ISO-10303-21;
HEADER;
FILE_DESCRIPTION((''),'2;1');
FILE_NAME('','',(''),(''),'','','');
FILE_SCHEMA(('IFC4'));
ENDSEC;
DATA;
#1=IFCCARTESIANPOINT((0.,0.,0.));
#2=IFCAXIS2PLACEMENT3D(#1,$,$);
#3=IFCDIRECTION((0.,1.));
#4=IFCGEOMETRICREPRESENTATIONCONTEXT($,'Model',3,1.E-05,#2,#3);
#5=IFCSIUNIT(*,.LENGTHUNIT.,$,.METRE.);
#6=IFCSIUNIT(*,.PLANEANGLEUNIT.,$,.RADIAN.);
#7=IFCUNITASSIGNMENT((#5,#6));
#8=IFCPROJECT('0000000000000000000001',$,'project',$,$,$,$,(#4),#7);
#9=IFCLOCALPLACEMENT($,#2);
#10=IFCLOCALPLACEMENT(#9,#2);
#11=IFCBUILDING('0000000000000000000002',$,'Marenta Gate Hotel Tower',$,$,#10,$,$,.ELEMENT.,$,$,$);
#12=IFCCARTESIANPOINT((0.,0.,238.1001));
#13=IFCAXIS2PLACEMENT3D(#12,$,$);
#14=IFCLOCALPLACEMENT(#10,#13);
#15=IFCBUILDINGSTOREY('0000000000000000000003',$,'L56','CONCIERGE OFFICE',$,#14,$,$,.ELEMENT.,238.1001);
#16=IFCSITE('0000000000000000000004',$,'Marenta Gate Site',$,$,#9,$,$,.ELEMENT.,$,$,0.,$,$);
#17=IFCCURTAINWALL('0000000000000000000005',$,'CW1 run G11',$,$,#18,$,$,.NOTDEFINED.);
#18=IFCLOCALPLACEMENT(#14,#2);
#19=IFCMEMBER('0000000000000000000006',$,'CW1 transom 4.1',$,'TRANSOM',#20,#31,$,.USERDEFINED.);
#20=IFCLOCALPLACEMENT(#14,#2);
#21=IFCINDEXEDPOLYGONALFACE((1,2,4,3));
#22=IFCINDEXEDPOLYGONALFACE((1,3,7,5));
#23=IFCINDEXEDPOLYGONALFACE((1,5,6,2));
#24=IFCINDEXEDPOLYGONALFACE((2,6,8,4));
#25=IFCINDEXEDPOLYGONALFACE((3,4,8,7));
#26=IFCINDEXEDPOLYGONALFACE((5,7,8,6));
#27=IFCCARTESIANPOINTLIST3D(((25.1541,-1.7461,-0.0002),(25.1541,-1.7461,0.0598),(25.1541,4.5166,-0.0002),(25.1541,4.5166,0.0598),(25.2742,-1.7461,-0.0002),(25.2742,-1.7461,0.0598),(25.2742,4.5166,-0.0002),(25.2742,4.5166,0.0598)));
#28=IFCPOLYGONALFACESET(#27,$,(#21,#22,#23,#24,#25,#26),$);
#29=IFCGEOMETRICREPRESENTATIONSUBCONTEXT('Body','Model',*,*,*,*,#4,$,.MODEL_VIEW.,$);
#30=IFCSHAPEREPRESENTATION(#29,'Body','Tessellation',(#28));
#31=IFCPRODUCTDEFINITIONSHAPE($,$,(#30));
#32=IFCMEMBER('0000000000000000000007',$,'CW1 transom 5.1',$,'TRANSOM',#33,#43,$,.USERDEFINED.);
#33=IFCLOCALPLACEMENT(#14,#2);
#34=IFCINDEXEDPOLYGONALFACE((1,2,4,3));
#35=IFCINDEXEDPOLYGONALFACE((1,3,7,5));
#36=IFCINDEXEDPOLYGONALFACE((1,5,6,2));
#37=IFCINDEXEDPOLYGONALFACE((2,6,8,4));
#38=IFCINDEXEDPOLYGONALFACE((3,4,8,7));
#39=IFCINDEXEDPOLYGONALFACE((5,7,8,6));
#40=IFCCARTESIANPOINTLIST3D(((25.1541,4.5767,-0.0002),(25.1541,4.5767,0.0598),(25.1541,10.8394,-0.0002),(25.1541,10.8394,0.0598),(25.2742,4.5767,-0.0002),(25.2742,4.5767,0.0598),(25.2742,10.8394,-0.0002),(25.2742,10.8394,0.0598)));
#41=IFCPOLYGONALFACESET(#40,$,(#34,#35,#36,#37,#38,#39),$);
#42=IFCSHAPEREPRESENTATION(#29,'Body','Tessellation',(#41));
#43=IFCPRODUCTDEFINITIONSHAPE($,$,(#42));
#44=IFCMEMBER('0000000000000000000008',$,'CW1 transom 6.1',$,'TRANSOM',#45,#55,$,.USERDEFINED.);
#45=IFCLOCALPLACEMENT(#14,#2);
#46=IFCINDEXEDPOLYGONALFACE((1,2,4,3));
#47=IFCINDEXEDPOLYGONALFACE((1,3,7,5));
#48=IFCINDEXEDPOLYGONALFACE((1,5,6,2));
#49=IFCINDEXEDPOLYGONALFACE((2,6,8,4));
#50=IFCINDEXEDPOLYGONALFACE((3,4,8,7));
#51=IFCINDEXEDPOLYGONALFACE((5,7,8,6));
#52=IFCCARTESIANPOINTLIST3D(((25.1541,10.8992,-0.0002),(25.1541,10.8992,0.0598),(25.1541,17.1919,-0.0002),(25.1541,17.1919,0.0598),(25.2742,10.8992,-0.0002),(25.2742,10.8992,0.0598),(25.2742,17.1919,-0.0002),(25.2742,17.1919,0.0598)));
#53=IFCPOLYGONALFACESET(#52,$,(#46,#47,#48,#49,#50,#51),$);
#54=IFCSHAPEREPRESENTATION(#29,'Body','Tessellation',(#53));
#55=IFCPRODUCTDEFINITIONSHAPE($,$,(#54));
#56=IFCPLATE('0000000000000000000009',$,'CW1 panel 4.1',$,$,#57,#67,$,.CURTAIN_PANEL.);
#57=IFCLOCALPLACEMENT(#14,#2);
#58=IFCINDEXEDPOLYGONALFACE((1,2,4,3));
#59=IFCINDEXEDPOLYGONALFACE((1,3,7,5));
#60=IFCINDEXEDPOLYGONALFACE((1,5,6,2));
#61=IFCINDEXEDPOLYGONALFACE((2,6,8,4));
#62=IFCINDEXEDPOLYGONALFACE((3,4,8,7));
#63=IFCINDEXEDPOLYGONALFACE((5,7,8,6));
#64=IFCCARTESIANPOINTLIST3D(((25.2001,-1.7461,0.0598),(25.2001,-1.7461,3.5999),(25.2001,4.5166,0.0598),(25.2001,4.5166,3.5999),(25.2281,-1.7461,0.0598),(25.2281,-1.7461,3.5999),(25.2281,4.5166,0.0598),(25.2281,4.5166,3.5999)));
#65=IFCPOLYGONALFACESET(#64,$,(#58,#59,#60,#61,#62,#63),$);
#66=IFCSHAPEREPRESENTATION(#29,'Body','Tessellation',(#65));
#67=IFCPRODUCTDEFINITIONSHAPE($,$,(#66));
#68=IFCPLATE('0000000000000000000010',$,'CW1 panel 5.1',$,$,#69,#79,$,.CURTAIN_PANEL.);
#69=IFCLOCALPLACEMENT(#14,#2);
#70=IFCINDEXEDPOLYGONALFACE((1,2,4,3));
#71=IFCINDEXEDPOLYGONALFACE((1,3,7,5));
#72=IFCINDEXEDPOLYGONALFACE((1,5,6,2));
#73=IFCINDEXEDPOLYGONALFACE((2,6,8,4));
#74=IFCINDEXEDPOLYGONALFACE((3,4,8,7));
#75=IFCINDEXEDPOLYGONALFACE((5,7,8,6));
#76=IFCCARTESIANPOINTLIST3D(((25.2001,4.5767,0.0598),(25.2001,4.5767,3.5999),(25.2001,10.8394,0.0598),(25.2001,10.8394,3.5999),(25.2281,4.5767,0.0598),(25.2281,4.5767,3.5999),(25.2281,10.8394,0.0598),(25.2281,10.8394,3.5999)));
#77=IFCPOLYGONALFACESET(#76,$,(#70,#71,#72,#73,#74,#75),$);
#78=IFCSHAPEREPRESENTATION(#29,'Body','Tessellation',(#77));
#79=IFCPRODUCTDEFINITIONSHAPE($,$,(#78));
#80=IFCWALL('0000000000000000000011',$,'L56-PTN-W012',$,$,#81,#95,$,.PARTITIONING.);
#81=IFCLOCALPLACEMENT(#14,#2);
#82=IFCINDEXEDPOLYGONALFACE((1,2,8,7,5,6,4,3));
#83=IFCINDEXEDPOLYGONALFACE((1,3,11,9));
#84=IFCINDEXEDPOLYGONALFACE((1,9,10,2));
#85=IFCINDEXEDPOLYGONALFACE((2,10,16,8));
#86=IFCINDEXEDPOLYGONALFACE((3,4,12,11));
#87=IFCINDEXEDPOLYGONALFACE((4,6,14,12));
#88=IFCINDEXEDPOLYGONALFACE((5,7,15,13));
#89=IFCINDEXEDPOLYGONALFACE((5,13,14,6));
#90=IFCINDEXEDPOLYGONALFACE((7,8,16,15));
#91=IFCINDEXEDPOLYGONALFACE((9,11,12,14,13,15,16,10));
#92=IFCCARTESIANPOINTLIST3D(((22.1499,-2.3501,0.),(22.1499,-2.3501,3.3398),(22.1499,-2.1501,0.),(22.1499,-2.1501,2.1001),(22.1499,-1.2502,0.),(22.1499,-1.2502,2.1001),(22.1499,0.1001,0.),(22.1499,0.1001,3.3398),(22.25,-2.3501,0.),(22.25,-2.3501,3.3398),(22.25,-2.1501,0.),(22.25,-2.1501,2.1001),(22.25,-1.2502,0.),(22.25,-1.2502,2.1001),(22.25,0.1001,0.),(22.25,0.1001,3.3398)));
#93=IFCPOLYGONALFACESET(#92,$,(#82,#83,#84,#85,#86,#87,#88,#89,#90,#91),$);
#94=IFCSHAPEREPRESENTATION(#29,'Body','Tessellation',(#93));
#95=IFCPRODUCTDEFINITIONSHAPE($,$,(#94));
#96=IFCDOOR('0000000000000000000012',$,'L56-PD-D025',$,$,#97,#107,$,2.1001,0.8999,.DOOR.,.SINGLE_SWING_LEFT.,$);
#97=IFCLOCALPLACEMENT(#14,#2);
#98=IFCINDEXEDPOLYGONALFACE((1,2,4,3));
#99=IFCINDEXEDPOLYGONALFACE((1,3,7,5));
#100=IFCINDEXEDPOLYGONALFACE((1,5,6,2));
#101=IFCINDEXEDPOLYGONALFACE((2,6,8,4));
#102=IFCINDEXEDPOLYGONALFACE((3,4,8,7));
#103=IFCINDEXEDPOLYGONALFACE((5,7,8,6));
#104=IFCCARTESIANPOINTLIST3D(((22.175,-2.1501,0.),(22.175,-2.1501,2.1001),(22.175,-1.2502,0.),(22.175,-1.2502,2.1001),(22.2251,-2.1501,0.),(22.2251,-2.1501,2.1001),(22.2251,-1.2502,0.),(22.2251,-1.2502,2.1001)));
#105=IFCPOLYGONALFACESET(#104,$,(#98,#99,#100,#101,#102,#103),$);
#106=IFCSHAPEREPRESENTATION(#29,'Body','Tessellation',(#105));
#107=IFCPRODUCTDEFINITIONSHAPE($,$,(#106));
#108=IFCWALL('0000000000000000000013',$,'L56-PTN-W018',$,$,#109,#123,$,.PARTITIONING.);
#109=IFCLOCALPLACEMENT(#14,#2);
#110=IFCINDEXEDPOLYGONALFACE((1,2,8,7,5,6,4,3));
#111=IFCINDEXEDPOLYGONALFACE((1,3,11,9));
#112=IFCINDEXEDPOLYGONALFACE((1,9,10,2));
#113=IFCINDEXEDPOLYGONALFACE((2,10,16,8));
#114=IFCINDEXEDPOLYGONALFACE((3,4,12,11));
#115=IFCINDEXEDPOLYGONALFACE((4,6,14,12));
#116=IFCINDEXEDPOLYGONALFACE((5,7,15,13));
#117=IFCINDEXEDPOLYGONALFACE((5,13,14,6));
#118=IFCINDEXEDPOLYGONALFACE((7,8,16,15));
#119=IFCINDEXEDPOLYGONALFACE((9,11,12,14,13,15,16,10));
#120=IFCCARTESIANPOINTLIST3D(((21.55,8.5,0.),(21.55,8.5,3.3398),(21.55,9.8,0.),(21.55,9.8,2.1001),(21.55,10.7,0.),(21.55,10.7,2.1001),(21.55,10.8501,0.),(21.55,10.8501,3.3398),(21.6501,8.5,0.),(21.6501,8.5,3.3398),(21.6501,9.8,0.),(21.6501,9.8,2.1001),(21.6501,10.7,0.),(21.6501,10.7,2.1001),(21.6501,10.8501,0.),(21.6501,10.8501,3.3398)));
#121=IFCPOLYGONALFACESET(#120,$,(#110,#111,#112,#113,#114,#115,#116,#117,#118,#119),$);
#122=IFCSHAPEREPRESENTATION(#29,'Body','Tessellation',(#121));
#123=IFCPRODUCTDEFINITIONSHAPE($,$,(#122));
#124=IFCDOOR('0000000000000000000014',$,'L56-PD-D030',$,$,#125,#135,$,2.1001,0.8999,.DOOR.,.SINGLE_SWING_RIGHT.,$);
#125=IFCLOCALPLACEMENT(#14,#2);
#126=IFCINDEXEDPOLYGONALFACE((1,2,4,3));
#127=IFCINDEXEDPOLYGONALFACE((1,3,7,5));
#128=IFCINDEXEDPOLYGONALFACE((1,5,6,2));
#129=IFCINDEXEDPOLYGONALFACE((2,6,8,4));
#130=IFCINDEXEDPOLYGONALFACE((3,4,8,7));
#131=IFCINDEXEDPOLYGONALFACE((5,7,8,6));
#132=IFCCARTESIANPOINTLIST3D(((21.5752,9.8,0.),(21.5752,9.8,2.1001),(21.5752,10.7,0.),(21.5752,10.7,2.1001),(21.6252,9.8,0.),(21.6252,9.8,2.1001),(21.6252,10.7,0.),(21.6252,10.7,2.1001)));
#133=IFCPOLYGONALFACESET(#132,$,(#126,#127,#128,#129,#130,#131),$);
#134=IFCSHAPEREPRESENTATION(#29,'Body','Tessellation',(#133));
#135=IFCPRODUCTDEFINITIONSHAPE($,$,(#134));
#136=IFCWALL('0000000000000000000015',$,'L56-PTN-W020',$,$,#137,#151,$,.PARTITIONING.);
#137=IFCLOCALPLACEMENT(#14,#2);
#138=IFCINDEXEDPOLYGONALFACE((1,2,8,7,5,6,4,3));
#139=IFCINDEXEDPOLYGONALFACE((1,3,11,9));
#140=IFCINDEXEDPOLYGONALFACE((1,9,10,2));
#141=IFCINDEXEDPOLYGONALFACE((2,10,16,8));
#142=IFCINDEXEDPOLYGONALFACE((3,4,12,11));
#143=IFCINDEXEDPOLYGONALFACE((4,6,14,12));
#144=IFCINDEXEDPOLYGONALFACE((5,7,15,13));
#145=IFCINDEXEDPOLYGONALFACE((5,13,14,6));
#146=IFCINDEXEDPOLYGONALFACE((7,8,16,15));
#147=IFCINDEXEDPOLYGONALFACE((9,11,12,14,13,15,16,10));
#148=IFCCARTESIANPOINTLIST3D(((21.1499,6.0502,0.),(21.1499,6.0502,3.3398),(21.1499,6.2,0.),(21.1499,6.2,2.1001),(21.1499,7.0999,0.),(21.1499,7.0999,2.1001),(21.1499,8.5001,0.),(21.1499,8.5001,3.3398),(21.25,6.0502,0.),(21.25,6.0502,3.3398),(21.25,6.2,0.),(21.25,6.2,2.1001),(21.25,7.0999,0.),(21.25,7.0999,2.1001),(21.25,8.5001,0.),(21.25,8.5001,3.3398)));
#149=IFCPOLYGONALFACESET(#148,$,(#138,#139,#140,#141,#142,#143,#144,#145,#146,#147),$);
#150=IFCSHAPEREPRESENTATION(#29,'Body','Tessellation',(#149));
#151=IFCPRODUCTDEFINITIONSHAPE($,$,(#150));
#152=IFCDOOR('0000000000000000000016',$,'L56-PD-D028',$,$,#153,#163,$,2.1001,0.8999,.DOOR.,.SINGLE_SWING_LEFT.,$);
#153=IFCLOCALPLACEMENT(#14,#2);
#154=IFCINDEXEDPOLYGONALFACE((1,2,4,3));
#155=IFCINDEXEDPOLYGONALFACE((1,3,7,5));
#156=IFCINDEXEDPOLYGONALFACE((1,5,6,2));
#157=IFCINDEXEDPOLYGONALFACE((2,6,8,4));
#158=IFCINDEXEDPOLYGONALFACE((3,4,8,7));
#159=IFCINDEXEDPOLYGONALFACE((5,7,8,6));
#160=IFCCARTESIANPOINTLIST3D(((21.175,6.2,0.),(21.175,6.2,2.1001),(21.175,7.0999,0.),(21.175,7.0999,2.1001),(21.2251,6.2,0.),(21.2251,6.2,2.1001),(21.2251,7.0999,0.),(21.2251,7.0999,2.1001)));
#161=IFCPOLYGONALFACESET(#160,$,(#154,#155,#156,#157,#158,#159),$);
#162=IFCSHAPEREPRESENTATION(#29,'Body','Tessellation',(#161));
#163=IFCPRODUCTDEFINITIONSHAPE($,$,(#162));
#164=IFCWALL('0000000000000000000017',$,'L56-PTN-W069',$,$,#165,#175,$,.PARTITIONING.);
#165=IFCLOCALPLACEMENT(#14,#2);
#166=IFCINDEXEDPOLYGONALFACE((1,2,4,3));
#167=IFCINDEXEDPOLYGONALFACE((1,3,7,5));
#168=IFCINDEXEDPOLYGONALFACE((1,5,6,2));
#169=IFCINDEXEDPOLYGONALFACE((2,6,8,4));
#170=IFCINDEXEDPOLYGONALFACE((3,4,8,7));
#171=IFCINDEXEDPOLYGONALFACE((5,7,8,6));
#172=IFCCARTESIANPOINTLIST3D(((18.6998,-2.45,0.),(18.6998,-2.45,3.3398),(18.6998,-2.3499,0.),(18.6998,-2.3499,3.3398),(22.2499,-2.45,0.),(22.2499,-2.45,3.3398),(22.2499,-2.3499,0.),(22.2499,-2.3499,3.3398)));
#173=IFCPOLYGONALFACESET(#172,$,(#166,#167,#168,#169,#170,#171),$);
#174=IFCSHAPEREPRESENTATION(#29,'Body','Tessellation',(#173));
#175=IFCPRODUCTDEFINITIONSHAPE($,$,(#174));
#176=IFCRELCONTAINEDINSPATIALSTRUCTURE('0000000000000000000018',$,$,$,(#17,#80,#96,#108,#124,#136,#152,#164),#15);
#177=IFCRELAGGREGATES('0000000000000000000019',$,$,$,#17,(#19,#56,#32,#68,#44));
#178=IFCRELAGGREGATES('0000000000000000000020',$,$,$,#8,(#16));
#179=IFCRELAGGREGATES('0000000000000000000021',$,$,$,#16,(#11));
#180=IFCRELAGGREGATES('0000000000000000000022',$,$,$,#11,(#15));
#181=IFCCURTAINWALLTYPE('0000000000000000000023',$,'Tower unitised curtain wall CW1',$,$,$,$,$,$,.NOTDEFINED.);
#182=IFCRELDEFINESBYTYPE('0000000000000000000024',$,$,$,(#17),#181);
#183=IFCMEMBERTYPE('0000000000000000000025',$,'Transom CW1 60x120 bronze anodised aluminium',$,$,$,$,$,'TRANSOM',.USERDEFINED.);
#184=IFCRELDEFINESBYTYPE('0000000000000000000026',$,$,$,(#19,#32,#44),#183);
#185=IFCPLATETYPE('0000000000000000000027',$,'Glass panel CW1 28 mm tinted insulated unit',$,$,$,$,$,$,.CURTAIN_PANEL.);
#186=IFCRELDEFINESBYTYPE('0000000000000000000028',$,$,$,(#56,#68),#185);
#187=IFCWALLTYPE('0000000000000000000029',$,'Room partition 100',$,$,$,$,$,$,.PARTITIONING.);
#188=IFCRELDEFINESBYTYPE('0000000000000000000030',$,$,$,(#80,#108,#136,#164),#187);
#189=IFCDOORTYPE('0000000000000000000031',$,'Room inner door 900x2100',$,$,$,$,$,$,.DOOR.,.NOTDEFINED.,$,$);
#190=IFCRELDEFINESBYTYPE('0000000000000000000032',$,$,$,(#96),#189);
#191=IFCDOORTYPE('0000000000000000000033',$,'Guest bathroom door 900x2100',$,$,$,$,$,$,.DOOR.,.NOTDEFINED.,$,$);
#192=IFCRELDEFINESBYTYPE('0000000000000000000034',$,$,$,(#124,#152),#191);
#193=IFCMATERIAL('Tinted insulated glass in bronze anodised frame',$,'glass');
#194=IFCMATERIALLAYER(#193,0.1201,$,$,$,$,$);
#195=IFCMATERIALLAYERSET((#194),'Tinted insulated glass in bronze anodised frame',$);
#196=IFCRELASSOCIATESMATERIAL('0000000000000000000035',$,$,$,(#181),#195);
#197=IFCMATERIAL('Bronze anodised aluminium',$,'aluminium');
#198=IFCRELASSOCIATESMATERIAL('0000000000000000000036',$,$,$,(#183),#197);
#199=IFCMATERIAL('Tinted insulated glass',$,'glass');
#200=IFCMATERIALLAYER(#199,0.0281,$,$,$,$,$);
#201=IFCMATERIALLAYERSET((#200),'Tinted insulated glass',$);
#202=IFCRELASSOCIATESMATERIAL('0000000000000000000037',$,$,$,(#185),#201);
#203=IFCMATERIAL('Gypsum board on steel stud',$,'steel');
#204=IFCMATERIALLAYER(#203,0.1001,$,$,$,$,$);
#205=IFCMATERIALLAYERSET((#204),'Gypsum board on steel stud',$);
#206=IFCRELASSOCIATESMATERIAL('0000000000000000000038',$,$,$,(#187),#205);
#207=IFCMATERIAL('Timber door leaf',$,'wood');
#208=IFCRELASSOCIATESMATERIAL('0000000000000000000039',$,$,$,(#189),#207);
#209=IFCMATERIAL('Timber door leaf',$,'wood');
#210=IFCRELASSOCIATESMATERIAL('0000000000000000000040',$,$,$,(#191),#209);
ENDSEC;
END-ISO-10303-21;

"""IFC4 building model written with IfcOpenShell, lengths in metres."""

from ifc_helpers import new_model, si_unit, direction, frame, frame_2d, origin, origin_2d, place, context, subcontext, project, spatial, rectangle, extrude, material, layer, layer_set, material_profile, profile_set, type_object, element, fill, aggregate, save


model = new_model("IFC4")

# Units and contexts
model_context = context("Model", 3, precision=1e-05, world=origin(), true_north=direction((0.0, 1.0)))
body_context = subcontext(model_context, "Body", "Model", "MODEL_VIEW")
ifc_project = project(units=[si_unit("LENGTHUNIT", "METRE"), si_unit("PLANEANGLEUNIT", "RADIAN")], contexts=[model_context])

# Site, building, storey
site_placement = place(None, origin())
site = spatial("IfcSite", under=ifc_project, at=site_placement, Name="Marenta Gate Site", CompositionType="ELEMENT", RefElevation=0.0)
building_placement = place(site_placement, origin())
building = spatial("IfcBuilding", under=site, at=building_placement, Name="Marenta Gate Hotel Tower", CompositionType="ELEMENT")
storey_placement = place(building_placement, frame((0.0, 0.0, 238.1001)))
storey = spatial("IfcBuildingStorey", under=building, at=storey_placement, Name="L56", Description="CONCIERGE OFFICE", CompositionType="ELEMENT", Elevation=238.1001)

# Curtain wall, members, plates
ifc_material_1 = material(Name="Tinted insulated glass in bronze anodised frame", Category="glass")
ifc_layer_1 = layer(ifc_material_1, 0.1201)
ifc_layer_set_1 = layer_set([ifc_layer_1], Name="Tinted insulated glass in bronze anodised frame")
curtain_wall_type = type_object("IfcCurtainWallType", Name="Tower unitised curtain wall CW1", PredefinedType="NOTDEFINED", material=ifc_layer_set_1)
curtain_wall_placement = place(storey_placement, origin())
curtain_wall = element("IfcCurtainWall", 1, at=curtain_wall_placement, inside=storey, type_object=curtain_wall_type, Name="CW1 run G11", PredefinedType="NOTDEFINED")
ifc_material_2 = material(Name="Bronze anodised aluminium", Category="aluminium")
ifc_material_profile_1 = material_profile(ifc_material_2, rectangle(XDim=0.1201, YDim=0.0601, at=origin_2d()), Name="Transom CW1 60x120 bronze anodised aluminium")
ifc_profile_set_1 = profile_set([ifc_material_profile_1], Name="Bronze anodised aluminium")
member_type_1 = type_object("IfcMemberType", Name="Transom CW1 60x120 bronze anodised aluminium", ElementType="TRANSOM", PredefinedType="USERDEFINED", material=ifc_profile_set_1)
member_1_placement = place(storey_placement, frame((25.2141, -1.7461, 0.0298), z_axis=(0.0, 1.0, 0.0), x_axis=(-1.0, 0.0, 0.0)))
member_1 = element("IfcMember", 2, at=member_1_placement, type_object=member_type_1, Name="CW1 transom 4.1", ObjectType="TRANSOM", PredefinedType="USERDEFINED", context=body_context, shape_type="SweptSolid", body=[
    extrude(rectangle(XDim=0.1201, YDim=0.0601, at=origin_2d()), origin(), (0.0, 0.0, 1.0), 6.2627),
])
member_2_placement = place(storey_placement, frame((25.2141, 4.5767, 0.0298), z_axis=(0.0, 1.0, 0.0), x_axis=(-1.0, 0.0, 0.0)))
member_2 = element("IfcMember", 3, at=member_2_placement, type_object=member_type_1, Name="CW1 transom 5.1", ObjectType="TRANSOM", PredefinedType="USERDEFINED", context=body_context, shape_type="SweptSolid", body=[
    extrude(rectangle(XDim=0.1201, YDim=0.0601, at=origin_2d()), origin(), (0.0, 0.0, 1.0), 6.2627),
])
member_3_placement = place(storey_placement, frame((25.2141, 10.8992, 0.0298), z_axis=(0.0, 1.0, 0.0), x_axis=(-1.0, 0.0, 0.0)))
member_3 = element("IfcMember", 4, at=member_3_placement, type_object=member_type_1, Name="CW1 transom 6.1", ObjectType="TRANSOM", PredefinedType="USERDEFINED", context=body_context, shape_type="SweptSolid", body=[
    extrude(rectangle(XDim=0.1201, YDim=0.0601, at=origin_2d()), origin(), (0.0, 0.0, 1.0), 6.2927),
])
ifc_material_3 = material(Name="Tinted insulated glass", Category="glass")
ifc_layer_2 = layer(ifc_material_3, 0.0281)
ifc_layer_set_2 = layer_set([ifc_layer_2], Name="Tinted insulated glass")
plate_type = type_object("IfcPlateType", Name="Glass panel CW1 28 mm tinted insulated unit", PredefinedType="CURTAIN_PANEL", material=ifc_layer_set_2)
plate_1_placement = place(storey_placement, frame((25.2141, 1.3853, 0.0598), z_axis=(0.0, 0.0, 1.0), x_axis=(0.0, 1.0, 0.0)))
plate_1 = element("IfcPlate", 5, at=plate_1_placement, type_object=plate_type, Name="CW1 panel 4.1", PredefinedType="CURTAIN_PANEL", context=body_context, shape_type="SweptSolid", body=[
    extrude(rectangle(XDim=6.2627, YDim=0.0281, at=origin_2d()), origin(), (0.0, 0.0, 1.0), 3.54),
])
plate_2_placement = place(storey_placement, frame((25.2141, 7.708, 0.0598), z_axis=(0.0, 0.0, 1.0), x_axis=(0.0, 1.0, 0.0)))
plate_2 = element("IfcPlate", 6, at=plate_2_placement, type_object=plate_type, Name="CW1 panel 5.1", PredefinedType="CURTAIN_PANEL", context=body_context, shape_type="SweptSolid", body=[
    extrude(rectangle(XDim=6.2627, YDim=0.0281, at=origin_2d()), origin(), (0.0, 0.0, 1.0), 3.54),
])
aggregate(curtain_wall, [member_1, plate_1, member_2, plate_2, member_3])

# Walls, openings, doors
ifc_material_4 = material(Name="Gypsum board on steel stud", Category="steel")
ifc_layer_3 = layer(ifc_material_4, 0.1001)
ifc_layer_set_3 = layer_set([ifc_layer_3], Name="Gypsum board on steel stud")
wall_type_1 = type_object("IfcWallType", Name="Room partition 100", PredefinedType="PARTITIONING", material=ifc_layer_set_3)
wall_1_placement = place(storey_placement, frame((22.2, -2.3501, 0.0), z_axis=(0.0, 0.0, 1.0), x_axis=(0.0, 1.0, 0.0)))
wall_1 = element("IfcWall", 7, at=wall_1_placement, inside=storey, type_object=wall_type_1, Name="L56-PTN-W012", PredefinedType="PARTITIONING", context=body_context, shape_type="SweptSolid", body=[
    extrude(rectangle(XDim=2.4502, YDim=0.1001, at=frame_2d((1.2251, 0.0))), origin(), (0.0, 0.0, 1.0), 3.3398),
])
opening_1_placement = place(wall_1_placement, frame((0.2, 0.0, 0.0)))
opening_1 = element("IfcOpeningElement", 8, at=opening_1_placement, cuts=wall_1, PredefinedType="OPENING", context=body_context, shape_type="SweptSolid", body=[
    extrude(rectangle(XDim=0.8999, YDim=2.1001, at=frame_2d((0.45, 1.05))), frame((0.0, 0.05, 0.0), z_axis=(0.0, -1.0, 0.0), x_axis=(1.0, 0.0, 0.0)), (0.0, 0.0, 1.0), 0.1001),
])
ifc_material_5 = material(Name="Timber door leaf", Category="wood")
door_type_1 = type_object("IfcDoorType", Name="Room inner door 900x2100", OperationType="NOTDEFINED", PredefinedType="DOOR", material=ifc_material_5)
door_1_placement = place(opening_1_placement, origin())
door_1 = element("IfcDoor", 9, at=door_1_placement, inside=storey, type_object=door_type_1, Name="L56-PD-D025", OperationType="SINGLE_SWING_LEFT", OverallHeight=2.1001, OverallWidth=0.8999, PredefinedType="DOOR", context=body_context, shape_type="SweptSolid", body=[
    extrude(rectangle(XDim=0.8999, YDim=2.1001, at=frame_2d((0.45, 1.05))), frame((0.0, 0.0249, 0.0), z_axis=(0.0, -1.0, 0.0), x_axis=(1.0, 0.0, 0.0)), (0.0, 0.0, 1.0), 0.05),
])
fill(opening_1, door_1)
wall_2_placement = place(storey_placement, frame((21.6001, 8.5, 0.0), z_axis=(0.0, 0.0, 1.0), x_axis=(0.0, 1.0, 0.0)))
wall_2 = element("IfcWall", 10, at=wall_2_placement, inside=storey, type_object=wall_type_1, Name="L56-PTN-W018", PredefinedType="PARTITIONING", context=body_context, shape_type="SweptSolid", body=[
    extrude(rectangle(XDim=2.3501, YDim=0.1001, at=frame_2d((1.175, 0.0))), origin(), (0.0, 0.0, 1.0), 3.3398),
])
opening_2_placement = place(wall_2_placement, frame((1.3, 0.0, 0.0)))
opening_2 = element("IfcOpeningElement", 11, at=opening_2_placement, cuts=wall_2, PredefinedType="OPENING", context=body_context, shape_type="SweptSolid", body=[
    extrude(rectangle(XDim=0.8999, YDim=2.1001, at=frame_2d((0.45, 1.05))), frame((0.0, 0.05, 0.0), z_axis=(0.0, -1.0, 0.0), x_axis=(1.0, 0.0, 0.0)), (0.0, 0.0, 1.0), 0.1001),
])
ifc_material_6 = material(Name="Timber door leaf", Category="wood")
door_type_2 = type_object("IfcDoorType", Name="Guest bathroom door 900x2100", OperationType="NOTDEFINED", PredefinedType="DOOR", material=ifc_material_6)
door_2_placement = place(opening_2_placement, origin())
door_2 = element("IfcDoor", 12, at=door_2_placement, inside=storey, type_object=door_type_2, Name="L56-PD-D030", OperationType="SINGLE_SWING_RIGHT", OverallHeight=2.1001, OverallWidth=0.8999, PredefinedType="DOOR", context=body_context, shape_type="SweptSolid", body=[
    extrude(rectangle(XDim=0.8999, YDim=2.1001, at=frame_2d((0.45, 1.05))), frame((0.0, 0.0249, 0.0), z_axis=(0.0, -1.0, 0.0), x_axis=(1.0, 0.0, 0.0)), (0.0, 0.0, 1.0), 0.05),
])
fill(opening_2, door_2)
wall_3_placement = place(storey_placement, frame((21.2, 6.05, 0.0), z_axis=(0.0, 0.0, 1.0), x_axis=(0.0, 1.0, 0.0)))
wall_3 = element("IfcWall", 13, at=wall_3_placement, inside=storey, type_object=wall_type_1, Name="L56-PTN-W020", PredefinedType="PARTITIONING", context=body_context, shape_type="SweptSolid", body=[
    extrude(rectangle(XDim=2.45, YDim=0.1001, at=frame_2d((1.2251, 0.0))), origin(), (0.0, 0.0, 1.0), 3.3398),
])
opening_3_placement = place(wall_3_placement, frame((0.1499, 0.0, 0.0)))
opening_3 = element("IfcOpeningElement", 14, at=opening_3_placement, cuts=wall_3, PredefinedType="OPENING", context=body_context, shape_type="SweptSolid", body=[
    extrude(rectangle(XDim=0.8999, YDim=2.1001, at=frame_2d((0.45, 1.05))), frame((0.0, 0.05, 0.0), z_axis=(0.0, -1.0, 0.0), x_axis=(1.0, 0.0, 0.0)), (0.0, 0.0, 1.0), 0.1001),
])
door_3_placement = place(opening_3_placement, origin())
door_3 = element("IfcDoor", 15, at=door_3_placement, inside=storey, type_object=door_type_2, Name="L56-PD-D028", OperationType="SINGLE_SWING_LEFT", OverallHeight=2.1001, OverallWidth=0.8999, PredefinedType="DOOR", context=body_context, shape_type="SweptSolid", body=[
    extrude(rectangle(XDim=0.8999, YDim=2.1001, at=frame_2d((0.45, 1.05))), frame((0.0, 0.0249, 0.0), z_axis=(0.0, -1.0, 0.0), x_axis=(1.0, 0.0, 0.0)), (0.0, 0.0, 1.0), 0.05),
])
fill(opening_3, door_3)

# Wall
wall_4_placement = place(storey_placement, frame((18.7, -2.3999, 0.0), z_axis=(0.0, 0.0, 1.0), x_axis=(1.0, 0.0, 0.0)))
element("IfcWall", 16, at=wall_4_placement, inside=storey, type_object=wall_type_1, Name="L56-PTN-W069", PredefinedType="PARTITIONING", context=body_context, shape_type="SweptSolid", body=[
    extrude(rectangle(XDim=3.55, YDim=0.1001, at=frame_2d((1.7749, 0.0))), origin(), (0.0, 0.0, 1.0), 3.3398),
])

save(model, "model.ifc")
